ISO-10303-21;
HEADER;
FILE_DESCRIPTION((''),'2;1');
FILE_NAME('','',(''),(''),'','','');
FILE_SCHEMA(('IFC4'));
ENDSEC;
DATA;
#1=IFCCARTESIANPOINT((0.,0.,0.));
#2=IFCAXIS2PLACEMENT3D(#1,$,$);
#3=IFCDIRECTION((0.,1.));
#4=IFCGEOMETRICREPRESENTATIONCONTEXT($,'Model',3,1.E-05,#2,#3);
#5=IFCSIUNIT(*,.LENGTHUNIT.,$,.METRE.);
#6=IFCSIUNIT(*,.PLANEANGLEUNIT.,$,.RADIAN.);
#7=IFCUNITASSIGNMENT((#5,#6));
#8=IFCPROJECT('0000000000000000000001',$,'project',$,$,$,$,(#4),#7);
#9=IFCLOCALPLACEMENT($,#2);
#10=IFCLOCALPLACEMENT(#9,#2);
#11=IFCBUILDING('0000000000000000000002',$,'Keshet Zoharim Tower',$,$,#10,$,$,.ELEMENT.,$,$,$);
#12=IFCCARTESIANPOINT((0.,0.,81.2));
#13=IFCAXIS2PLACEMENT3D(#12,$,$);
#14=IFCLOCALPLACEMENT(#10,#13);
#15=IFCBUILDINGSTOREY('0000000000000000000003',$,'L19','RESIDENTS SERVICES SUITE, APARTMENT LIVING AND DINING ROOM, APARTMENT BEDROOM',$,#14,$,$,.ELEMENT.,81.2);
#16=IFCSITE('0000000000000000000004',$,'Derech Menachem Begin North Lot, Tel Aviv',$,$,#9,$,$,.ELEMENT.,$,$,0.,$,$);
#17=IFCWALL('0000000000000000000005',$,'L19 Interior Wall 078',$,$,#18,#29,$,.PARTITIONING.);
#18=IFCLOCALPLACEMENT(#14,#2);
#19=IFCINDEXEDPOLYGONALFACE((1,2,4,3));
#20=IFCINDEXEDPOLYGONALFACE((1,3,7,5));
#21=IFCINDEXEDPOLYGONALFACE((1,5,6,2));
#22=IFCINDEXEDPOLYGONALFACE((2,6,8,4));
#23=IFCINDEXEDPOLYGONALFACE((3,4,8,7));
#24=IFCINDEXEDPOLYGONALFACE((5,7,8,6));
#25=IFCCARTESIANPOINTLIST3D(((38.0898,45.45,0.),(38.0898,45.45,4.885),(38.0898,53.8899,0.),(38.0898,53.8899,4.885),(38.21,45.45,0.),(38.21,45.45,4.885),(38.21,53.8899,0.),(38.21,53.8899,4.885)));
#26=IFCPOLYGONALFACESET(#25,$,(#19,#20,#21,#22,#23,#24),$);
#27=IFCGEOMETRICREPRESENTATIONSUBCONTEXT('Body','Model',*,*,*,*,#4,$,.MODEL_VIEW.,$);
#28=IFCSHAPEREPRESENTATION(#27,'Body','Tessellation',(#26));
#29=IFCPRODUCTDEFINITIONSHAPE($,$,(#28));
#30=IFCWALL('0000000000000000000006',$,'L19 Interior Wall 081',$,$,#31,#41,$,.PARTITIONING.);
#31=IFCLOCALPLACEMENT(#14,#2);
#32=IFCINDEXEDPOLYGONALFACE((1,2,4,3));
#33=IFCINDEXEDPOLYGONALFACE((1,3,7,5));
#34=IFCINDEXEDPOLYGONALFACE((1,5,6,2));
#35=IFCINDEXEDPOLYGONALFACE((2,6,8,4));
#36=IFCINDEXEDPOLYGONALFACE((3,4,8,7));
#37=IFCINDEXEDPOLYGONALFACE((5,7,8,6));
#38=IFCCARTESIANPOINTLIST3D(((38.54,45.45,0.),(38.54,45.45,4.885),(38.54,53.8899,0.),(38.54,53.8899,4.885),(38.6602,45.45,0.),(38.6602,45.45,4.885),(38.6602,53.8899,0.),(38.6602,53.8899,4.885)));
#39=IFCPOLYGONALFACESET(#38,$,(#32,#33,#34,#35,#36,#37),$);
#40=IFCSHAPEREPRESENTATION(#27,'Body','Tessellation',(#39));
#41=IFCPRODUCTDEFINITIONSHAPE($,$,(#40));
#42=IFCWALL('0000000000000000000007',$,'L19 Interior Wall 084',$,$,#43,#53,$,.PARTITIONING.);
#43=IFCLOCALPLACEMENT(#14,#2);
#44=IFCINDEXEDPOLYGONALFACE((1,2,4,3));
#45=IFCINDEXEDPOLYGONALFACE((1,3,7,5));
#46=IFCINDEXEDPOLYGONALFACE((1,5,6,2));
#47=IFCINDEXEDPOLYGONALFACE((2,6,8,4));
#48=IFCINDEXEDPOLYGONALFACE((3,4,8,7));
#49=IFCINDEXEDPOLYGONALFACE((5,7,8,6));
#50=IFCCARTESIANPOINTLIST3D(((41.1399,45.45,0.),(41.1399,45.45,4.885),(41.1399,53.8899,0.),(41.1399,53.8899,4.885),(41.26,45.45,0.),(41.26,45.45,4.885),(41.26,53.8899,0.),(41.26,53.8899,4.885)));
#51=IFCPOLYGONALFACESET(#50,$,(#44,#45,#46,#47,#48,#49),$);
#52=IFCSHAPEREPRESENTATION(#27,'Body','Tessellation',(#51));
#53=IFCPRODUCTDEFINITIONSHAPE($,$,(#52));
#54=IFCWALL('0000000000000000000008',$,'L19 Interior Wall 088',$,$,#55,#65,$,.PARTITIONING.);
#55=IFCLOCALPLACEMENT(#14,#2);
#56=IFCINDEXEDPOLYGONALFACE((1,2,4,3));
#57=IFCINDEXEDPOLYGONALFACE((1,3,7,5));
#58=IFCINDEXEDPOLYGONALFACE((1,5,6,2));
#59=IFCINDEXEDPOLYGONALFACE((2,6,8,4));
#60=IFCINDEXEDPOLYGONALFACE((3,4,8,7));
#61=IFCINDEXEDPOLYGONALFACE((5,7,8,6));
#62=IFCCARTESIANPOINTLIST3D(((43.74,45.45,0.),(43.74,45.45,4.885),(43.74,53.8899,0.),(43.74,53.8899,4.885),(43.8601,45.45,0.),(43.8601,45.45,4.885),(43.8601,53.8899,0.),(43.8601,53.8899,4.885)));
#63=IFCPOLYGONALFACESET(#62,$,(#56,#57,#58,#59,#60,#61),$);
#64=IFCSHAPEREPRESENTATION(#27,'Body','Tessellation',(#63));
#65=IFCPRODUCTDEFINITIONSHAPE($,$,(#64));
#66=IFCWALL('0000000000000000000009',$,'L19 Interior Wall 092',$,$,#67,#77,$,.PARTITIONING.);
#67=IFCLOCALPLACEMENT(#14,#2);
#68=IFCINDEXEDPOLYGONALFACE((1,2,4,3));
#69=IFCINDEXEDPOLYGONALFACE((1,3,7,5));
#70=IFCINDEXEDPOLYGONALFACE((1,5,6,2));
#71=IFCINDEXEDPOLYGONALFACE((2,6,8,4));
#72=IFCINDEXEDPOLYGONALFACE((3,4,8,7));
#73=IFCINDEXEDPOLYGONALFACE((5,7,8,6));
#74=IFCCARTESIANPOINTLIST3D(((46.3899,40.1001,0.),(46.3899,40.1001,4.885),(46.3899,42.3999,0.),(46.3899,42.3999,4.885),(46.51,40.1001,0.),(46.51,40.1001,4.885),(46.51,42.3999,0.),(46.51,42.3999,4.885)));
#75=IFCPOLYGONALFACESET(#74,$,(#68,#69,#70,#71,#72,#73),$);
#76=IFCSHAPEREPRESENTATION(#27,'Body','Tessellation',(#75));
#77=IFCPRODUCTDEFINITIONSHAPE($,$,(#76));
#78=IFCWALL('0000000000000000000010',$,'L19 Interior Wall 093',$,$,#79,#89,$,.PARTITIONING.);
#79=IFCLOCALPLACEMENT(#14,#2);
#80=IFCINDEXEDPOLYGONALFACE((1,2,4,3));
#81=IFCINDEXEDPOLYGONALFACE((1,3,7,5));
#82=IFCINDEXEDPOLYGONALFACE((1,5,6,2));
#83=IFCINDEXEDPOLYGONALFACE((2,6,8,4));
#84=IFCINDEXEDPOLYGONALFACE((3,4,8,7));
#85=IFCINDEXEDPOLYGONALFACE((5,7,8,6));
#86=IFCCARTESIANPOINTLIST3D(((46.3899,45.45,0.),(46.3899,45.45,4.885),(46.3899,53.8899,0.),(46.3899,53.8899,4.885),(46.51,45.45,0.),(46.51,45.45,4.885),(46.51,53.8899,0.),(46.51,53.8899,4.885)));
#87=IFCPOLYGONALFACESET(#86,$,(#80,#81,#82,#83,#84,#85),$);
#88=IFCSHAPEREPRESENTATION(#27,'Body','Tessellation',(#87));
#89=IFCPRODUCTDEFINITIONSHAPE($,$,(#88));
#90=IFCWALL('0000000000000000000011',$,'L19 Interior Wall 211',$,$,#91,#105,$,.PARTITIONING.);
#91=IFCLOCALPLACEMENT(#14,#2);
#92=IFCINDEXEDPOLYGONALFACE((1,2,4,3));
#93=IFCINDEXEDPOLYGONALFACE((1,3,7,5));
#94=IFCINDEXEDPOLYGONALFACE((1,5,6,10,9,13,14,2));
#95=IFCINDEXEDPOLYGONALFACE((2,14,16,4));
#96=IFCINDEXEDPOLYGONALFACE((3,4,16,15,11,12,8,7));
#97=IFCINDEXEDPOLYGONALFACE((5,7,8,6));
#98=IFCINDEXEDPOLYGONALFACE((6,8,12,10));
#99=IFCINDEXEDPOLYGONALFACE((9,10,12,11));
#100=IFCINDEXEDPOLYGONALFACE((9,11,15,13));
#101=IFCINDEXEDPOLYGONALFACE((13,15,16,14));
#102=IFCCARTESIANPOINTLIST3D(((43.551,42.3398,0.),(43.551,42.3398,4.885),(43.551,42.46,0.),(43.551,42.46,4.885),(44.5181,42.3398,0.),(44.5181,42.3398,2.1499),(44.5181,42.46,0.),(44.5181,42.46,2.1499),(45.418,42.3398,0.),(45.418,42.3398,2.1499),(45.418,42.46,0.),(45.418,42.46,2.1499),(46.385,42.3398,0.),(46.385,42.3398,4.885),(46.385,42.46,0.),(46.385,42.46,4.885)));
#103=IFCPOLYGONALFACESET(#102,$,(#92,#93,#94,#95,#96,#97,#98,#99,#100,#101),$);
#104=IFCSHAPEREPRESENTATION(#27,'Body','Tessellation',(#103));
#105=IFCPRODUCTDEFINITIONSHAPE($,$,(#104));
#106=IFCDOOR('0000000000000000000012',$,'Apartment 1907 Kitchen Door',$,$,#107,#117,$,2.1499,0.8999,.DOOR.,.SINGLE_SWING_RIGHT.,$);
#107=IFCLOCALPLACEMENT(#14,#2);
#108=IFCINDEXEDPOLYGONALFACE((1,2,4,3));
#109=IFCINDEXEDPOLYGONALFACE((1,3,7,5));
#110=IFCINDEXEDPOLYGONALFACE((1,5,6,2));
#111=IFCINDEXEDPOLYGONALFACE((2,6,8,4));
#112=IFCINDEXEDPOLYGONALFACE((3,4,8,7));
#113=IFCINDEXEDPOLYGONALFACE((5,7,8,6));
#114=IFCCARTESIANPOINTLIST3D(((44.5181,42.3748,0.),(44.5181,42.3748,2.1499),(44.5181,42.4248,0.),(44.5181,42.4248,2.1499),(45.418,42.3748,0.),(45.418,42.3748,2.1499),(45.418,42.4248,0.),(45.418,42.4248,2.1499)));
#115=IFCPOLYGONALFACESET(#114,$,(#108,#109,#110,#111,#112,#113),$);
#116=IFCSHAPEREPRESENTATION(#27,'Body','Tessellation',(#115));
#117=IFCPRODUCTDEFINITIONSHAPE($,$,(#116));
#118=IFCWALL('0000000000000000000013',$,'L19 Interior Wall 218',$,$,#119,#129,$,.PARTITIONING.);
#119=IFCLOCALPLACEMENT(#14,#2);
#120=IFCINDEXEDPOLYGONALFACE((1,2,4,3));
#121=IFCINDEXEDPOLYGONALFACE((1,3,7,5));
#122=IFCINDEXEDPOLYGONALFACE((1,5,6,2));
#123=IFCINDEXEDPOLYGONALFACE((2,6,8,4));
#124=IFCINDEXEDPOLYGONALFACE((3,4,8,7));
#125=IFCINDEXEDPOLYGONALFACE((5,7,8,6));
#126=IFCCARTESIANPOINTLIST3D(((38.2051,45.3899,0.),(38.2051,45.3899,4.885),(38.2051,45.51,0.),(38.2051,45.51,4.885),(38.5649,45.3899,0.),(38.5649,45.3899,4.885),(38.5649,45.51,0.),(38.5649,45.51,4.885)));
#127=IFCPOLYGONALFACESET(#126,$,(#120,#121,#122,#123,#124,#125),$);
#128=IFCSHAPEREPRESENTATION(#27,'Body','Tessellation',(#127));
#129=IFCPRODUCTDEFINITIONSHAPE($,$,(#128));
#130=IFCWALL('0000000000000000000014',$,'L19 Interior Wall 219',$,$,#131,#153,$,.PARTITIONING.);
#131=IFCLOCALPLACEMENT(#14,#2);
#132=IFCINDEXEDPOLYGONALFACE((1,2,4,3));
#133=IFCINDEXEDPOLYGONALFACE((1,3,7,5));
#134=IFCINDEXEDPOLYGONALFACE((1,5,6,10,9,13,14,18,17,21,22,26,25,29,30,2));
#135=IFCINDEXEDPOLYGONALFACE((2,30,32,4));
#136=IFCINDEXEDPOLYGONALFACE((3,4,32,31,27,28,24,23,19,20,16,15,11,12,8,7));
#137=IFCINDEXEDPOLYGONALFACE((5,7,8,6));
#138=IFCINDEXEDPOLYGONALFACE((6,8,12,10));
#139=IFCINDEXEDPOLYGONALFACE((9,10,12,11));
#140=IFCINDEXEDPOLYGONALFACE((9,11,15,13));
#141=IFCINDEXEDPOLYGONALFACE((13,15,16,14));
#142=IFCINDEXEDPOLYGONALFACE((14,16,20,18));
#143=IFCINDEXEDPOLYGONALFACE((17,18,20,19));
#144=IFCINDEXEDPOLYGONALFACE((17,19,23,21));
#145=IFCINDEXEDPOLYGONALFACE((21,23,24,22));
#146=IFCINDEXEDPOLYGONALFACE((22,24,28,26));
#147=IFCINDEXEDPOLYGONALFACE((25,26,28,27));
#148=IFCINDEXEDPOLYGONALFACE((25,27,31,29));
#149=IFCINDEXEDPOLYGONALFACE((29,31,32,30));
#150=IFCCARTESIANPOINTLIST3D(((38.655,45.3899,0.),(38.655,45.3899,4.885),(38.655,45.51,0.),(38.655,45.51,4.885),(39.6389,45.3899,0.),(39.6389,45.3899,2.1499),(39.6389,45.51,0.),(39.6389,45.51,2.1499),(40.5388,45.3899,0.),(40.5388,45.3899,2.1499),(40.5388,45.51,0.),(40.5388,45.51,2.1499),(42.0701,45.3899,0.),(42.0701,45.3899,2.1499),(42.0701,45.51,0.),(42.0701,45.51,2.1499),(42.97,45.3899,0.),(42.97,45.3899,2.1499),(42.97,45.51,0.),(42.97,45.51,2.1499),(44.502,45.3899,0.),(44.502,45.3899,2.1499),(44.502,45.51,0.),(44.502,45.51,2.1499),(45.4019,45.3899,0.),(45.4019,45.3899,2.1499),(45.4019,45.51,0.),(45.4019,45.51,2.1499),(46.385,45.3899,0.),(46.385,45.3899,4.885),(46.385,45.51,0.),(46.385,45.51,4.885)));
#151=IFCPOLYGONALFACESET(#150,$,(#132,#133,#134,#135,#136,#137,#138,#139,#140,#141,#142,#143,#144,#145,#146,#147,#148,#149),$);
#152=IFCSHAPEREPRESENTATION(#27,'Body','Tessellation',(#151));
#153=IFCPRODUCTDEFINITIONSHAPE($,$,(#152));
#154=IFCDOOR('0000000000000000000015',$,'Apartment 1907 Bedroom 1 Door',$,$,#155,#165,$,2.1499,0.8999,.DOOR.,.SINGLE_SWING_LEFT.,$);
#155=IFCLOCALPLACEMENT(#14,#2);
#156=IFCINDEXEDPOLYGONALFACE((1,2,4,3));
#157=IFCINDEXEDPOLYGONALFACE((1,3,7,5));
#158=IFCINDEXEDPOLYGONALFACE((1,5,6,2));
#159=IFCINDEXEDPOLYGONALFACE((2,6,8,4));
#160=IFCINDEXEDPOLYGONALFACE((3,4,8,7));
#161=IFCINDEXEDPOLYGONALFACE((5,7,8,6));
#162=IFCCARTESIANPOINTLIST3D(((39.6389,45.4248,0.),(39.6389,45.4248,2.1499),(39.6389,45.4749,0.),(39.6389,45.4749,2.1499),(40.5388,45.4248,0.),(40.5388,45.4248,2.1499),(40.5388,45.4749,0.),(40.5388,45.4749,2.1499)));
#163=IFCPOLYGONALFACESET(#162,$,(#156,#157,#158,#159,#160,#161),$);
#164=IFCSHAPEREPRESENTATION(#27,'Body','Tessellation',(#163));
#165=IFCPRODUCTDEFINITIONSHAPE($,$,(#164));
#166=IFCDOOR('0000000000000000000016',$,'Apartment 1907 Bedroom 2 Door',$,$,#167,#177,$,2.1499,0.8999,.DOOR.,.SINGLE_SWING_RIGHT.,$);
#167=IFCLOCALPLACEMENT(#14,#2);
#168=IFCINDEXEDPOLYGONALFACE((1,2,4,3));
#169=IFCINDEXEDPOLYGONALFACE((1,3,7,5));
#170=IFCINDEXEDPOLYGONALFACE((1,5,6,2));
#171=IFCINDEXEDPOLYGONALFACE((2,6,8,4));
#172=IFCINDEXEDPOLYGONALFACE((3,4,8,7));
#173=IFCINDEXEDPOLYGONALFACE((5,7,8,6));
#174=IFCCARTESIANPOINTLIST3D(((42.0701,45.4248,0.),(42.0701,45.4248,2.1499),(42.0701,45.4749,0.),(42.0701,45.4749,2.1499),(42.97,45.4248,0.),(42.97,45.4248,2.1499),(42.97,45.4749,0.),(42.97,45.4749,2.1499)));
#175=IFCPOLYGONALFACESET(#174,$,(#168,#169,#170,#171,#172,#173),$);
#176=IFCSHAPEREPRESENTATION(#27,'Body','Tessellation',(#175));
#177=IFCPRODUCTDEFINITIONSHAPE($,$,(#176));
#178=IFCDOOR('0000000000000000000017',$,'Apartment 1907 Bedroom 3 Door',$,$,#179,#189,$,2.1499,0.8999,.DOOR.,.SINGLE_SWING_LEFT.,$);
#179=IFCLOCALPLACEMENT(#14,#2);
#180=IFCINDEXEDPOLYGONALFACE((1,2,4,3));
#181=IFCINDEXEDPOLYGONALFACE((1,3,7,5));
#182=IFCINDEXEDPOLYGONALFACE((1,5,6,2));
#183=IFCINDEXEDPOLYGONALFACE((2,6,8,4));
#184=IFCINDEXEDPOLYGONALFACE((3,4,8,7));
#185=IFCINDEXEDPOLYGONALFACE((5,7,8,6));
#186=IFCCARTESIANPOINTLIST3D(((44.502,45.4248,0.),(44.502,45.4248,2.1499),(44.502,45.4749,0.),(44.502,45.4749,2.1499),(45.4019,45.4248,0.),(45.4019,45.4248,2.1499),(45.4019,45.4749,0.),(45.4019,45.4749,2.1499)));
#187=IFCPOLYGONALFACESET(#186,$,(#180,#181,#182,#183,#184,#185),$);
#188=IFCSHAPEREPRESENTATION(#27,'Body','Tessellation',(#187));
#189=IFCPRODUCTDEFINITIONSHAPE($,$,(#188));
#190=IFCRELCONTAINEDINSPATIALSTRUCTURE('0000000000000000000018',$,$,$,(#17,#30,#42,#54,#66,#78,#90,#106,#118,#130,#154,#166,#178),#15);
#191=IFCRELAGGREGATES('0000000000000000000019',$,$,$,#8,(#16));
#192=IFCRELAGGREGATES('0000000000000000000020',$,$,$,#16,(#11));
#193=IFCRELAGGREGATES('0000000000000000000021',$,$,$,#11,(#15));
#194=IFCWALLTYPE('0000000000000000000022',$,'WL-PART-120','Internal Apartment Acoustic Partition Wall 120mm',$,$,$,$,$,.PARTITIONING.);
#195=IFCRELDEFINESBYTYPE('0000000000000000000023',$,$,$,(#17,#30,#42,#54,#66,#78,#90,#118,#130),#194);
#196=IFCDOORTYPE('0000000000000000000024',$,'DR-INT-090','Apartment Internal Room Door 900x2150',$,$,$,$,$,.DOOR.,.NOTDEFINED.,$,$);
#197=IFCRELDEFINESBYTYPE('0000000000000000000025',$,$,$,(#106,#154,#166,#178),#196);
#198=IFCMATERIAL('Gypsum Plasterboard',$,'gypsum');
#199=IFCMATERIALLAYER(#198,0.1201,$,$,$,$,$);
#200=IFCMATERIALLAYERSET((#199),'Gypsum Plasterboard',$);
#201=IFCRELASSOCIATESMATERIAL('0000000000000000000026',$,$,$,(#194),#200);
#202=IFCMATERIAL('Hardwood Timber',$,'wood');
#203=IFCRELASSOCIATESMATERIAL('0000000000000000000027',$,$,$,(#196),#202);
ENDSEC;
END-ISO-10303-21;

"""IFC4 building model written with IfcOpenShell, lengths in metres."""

from ifc_helpers import new_model, si_unit, direction, frame, frame_2d, origin, place, context, subcontext, project, spatial, rectangle, extrude, material, layer, layer_set, type_object, element, fill, save


model = new_model("IFC4")

# Units and contexts
model_context = context("Model", 3, precision=1e-05, world=origin(), true_north=direction((0.0, 1.0)))
body_context = subcontext(model_context, "Body", "Model", "MODEL_VIEW")
ifc_project = project(units=[si_unit("LENGTHUNIT", "METRE"), si_unit("PLANEANGLEUNIT", "RADIAN")], contexts=[model_context])

# Site, building, storey
site_placement = place(None, origin())
site = spatial("IfcSite", under=ifc_project, at=site_placement, Name="Derech Menachem Begin North Lot, Tel Aviv", CompositionType="ELEMENT", RefElevation=0.0)
building_placement = place(site_placement, origin())
building = spatial("IfcBuilding", under=site, at=building_placement, Name="Keshet Zoharim Tower", CompositionType="ELEMENT")
storey_placement = place(building_placement, frame((0.0, 0.0, 81.2)))
storey = spatial("IfcBuildingStorey", under=building, at=storey_placement, Name="L19", Description="RESIDENTS SERVICES SUITE, APARTMENT LIVING AND DINING ROOM, APARTMENT BEDROOM", CompositionType="ELEMENT", Elevation=81.2)

# Shared definitions
ifc_material_1 = material(Name="Gypsum Plasterboard", Category="gypsum")

# Shared definitions
ifc_material_2 = material(Name="Hardwood Timber", Category="wood")

# Walls
ifc_layer_1 = layer(ifc_material_1, 0.1201)
ifc_layer_set_1 = layer_set([ifc_layer_1], Name="Gypsum Plasterboard")
wall_type_1 = type_object("IfcWallType", Name="WL-PART-120", Description="Internal Apartment Acoustic Partition Wall 120mm", PredefinedType="PARTITIONING", material=ifc_layer_set_1)
for number, where, z_axis, x_axis, name in (
    (1, (38.1499, 45.45, 0.0), (0.0, 0.0, 1.0), (0.0, 1.0, 0.0), "L19 Interior Wall 078"),
    (2, (38.6001, 45.45, 0.0), (0.0, 0.0, 1.0), (0.0, 1.0, 0.0), "L19 Interior Wall 081"),
    (3, (41.2, 45.45, 0.0), (0.0, 0.0, 1.0), (0.0, 1.0, 0.0), "L19 Interior Wall 084"),
    (4, (43.8, 45.45, 0.0), (0.0, 0.0, 1.0), (0.0, 1.0, 0.0), "L19 Interior Wall 088"),
):
    element("IfcWall", number, at=place(storey_placement, frame(where, z_axis=z_axis, x_axis=x_axis)), inside=storey, type_object=wall_type_1, Name=name, PredefinedType="PARTITIONING", context=body_context, shape_type="SweptSolid", body=[
        extrude(rectangle(XDim=8.4399, YDim=0.1201, at=frame_2d((4.22, 0.0))), origin(), (0.0, 0.0, 1.0), 4.885),
    ])
wall_1_placement = place(storey_placement, frame((46.45, 40.1001, 0.0), z_axis=(0.0, 0.0, 1.0), x_axis=(0.0, 1.0, 0.0)))
element("IfcWall", 5, at=wall_1_placement, inside=storey, type_object=wall_type_1, Name="L19 Interior Wall 092", PredefinedType="PARTITIONING", context=body_context, shape_type="SweptSolid", body=[
    extrude(rectangle(XDim=2.2998, YDim=0.1201, at=frame_2d((1.1499, 0.0))), origin(), (0.0, 0.0, 1.0), 4.885),
])
wall_2_placement = place(storey_placement, frame((46.45, 45.45, 0.0), z_axis=(0.0, 0.0, 1.0), x_axis=(0.0, 1.0, 0.0)))
element("IfcWall", 6, at=wall_2_placement, inside=storey, type_object=wall_type_1, Name="L19 Interior Wall 093", PredefinedType="PARTITIONING", context=body_context, shape_type="SweptSolid", body=[
    extrude(rectangle(XDim=8.4399, YDim=0.1201, at=frame_2d((4.22, 0.0))), origin(), (0.0, 0.0, 1.0), 4.885),
])

# Wall, opening, door
wall_3_placement = place(storey_placement, frame((43.551, 42.3999, 0.0), z_axis=(0.0, 0.0, 1.0), x_axis=(1.0, 0.0, 0.0)))
wall_3 = element("IfcWall", 7, at=wall_3_placement, inside=storey, type_object=wall_type_1, Name="L19 Interior Wall 211", PredefinedType="PARTITIONING", context=body_context, shape_type="SweptSolid", body=[
    extrude(rectangle(XDim=2.834, YDim=0.1201, at=frame_2d((1.417, 0.0))), origin(), (0.0, 0.0, 1.0), 4.885),
])
opening_1_placement = place(wall_3_placement, frame((0.967, 0.0, 0.0)))
opening_1 = element("IfcOpeningElement", 8, at=opening_1_placement, cuts=wall_3, PredefinedType="OPENING", context=body_context, shape_type="SweptSolid", body=[
    extrude(rectangle(XDim=0.8999, YDim=2.1499, at=frame_2d((0.45, 1.075))), frame((0.0, 0.0701, 0.0), z_axis=(0.0, -1.0, 0.0), x_axis=(1.0, 0.0, 0.0)), (0.0, 0.0, 1.0), 0.1401),
])
door_type_1 = type_object("IfcDoorType", Name="DR-INT-090", Description="Apartment Internal Room Door 900x2150", OperationType="NOTDEFINED", PredefinedType="DOOR", material=ifc_material_2)
door_1_placement = place(opening_1_placement, origin())
door_1 = element("IfcDoor", 9, at=door_1_placement, inside=storey, type_object=door_type_1, Name="Apartment 1907 Kitchen Door", OperationType="SINGLE_SWING_RIGHT", OverallHeight=2.1499, OverallWidth=0.8999, PredefinedType="DOOR", context=body_context, shape_type="SweptSolid", body=[
    extrude(rectangle(XDim=0.8999, YDim=2.1499, at=frame_2d((0.45, 1.075))), frame((0.0, 0.0249, 0.0), z_axis=(0.0, -1.0, 0.0), x_axis=(1.0, 0.0, 0.0)), (0.0, 0.0, 1.0), 0.05),
])
fill(opening_1, door_1)

# Wall
wall_4_placement = place(storey_placement, frame((38.2051, 45.45, 0.0), z_axis=(0.0, 0.0, 1.0), x_axis=(1.0, 0.0, 0.0)))
element("IfcWall", 10, at=wall_4_placement, inside=storey, type_object=wall_type_1, Name="L19 Interior Wall 218", PredefinedType="PARTITIONING", context=body_context, shape_type="SweptSolid", body=[
    extrude(rectangle(XDim=0.3599, YDim=0.1201, at=frame_2d((0.1799, 0.0))), origin(), (0.0, 0.0, 1.0), 4.885),
])

# Wall, openings, doors
wall_5_placement = place(storey_placement, frame((38.655, 45.45, 0.0), z_axis=(0.0, 0.0, 1.0), x_axis=(1.0, 0.0, 0.0)))
wall_5 = element("IfcWall", 11, at=wall_5_placement, inside=storey, type_object=wall_type_1, Name="L19 Interior Wall 219", PredefinedType="PARTITIONING", context=body_context, shape_type="SweptSolid", body=[
    extrude(rectangle(XDim=7.73, YDim=0.1201, at=frame_2d((3.865, 0.0))), origin(), (0.0, 0.0, 1.0), 4.885),
])
opening_2_placement = place(wall_5_placement, frame((0.9839, 0.0, 0.0)))
opening_2 = element("IfcOpeningElement", 12, at=opening_2_placement, cuts=wall_5, PredefinedType="OPENING", context=body_context, shape_type="SweptSolid", body=[
    extrude(rectangle(XDim=0.8999, YDim=2.1499, at=frame_2d((0.45, 1.075))), frame((0.0, 0.0701, 0.0), z_axis=(0.0, -1.0, 0.0), x_axis=(1.0, 0.0, 0.0)), (0.0, 0.0, 1.0), 0.1401),
])
opening_3_placement = place(wall_5_placement, frame((3.415, 0.0, 0.0)))
opening_3 = element("IfcOpeningElement", 13, at=opening_3_placement, cuts=wall_5, PredefinedType="OPENING", context=body_context, shape_type="SweptSolid", body=[
    extrude(rectangle(XDim=0.8999, YDim=2.1499, at=frame_2d((0.45, 1.075))), frame((0.0, 0.0701, 0.0), z_axis=(0.0, -1.0, 0.0), x_axis=(1.0, 0.0, 0.0)), (0.0, 0.0, 1.0), 0.1401),
])
opening_4_placement = place(wall_5_placement, frame((5.8469, 0.0, 0.0)))
opening_4 = element("IfcOpeningElement", 14, at=opening_4_placement, cuts=wall_5, PredefinedType="OPENING", context=body_context, shape_type="SweptSolid", body=[
    extrude(rectangle(XDim=0.8999, YDim=2.1499, at=frame_2d((0.45, 1.075))), frame((0.0, 0.0701, 0.0), z_axis=(0.0, -1.0, 0.0), x_axis=(1.0, 0.0, 0.0)), (0.0, 0.0, 1.0), 0.1401),
])
door_2_placement = place(opening_2_placement, origin())
door_2 = element("IfcDoor", 15, at=door_2_placement, inside=storey, type_object=door_type_1, Name="Apartment 1907 Bedroom 1 Door", OperationType="SINGLE_SWING_LEFT", OverallHeight=2.1499, OverallWidth=0.8999, PredefinedType="DOOR", context=body_context, shape_type="SweptSolid", body=[
    extrude(rectangle(XDim=0.8999, YDim=2.1499, at=frame_2d((0.45, 1.075))), frame((0.0, 0.0249, 0.0), z_axis=(0.0, -1.0, 0.0), x_axis=(1.0, 0.0, 0.0)), (0.0, 0.0, 1.0), 0.05),
])
fill(opening_2, door_2)
door_3_placement = place(opening_3_placement, origin())
door_3 = element("IfcDoor", 16, at=door_3_placement, inside=storey, type_object=door_type_1, Name="Apartment 1907 Bedroom 2 Door", OperationType="SINGLE_SWING_RIGHT", OverallHeight=2.1499, OverallWidth=0.8999, PredefinedType="DOOR", context=body_context, shape_type="SweptSolid", body=[
    extrude(rectangle(XDim=0.8999, YDim=2.1499, at=frame_2d((0.45, 1.075))), frame((0.0, 0.0249, 0.0), z_axis=(0.0, -1.0, 0.0), x_axis=(1.0, 0.0, 0.0)), (0.0, 0.0, 1.0), 0.05),
])
fill(opening_3, door_3)
door_4_placement = place(opening_4_placement, origin())
door_4 = element("IfcDoor", 17, at=door_4_placement, inside=storey, type_object=door_type_1, Name="Apartment 1907 Bedroom 3 Door", OperationType="SINGLE_SWING_LEFT", OverallHeight=2.1499, OverallWidth=0.8999, PredefinedType="DOOR", context=body_context, shape_type="SweptSolid", body=[
    extrude(rectangle(XDim=0.8999, YDim=2.1499, at=frame_2d((0.45, 1.075))), frame((0.0, 0.0249, 0.0), z_axis=(0.0, -1.0, 0.0), x_axis=(1.0, 0.0, 0.0)), (0.0, 0.0, 1.0), 0.05),
])
fill(opening_4, door_4)

save(model, "model.ifc")
